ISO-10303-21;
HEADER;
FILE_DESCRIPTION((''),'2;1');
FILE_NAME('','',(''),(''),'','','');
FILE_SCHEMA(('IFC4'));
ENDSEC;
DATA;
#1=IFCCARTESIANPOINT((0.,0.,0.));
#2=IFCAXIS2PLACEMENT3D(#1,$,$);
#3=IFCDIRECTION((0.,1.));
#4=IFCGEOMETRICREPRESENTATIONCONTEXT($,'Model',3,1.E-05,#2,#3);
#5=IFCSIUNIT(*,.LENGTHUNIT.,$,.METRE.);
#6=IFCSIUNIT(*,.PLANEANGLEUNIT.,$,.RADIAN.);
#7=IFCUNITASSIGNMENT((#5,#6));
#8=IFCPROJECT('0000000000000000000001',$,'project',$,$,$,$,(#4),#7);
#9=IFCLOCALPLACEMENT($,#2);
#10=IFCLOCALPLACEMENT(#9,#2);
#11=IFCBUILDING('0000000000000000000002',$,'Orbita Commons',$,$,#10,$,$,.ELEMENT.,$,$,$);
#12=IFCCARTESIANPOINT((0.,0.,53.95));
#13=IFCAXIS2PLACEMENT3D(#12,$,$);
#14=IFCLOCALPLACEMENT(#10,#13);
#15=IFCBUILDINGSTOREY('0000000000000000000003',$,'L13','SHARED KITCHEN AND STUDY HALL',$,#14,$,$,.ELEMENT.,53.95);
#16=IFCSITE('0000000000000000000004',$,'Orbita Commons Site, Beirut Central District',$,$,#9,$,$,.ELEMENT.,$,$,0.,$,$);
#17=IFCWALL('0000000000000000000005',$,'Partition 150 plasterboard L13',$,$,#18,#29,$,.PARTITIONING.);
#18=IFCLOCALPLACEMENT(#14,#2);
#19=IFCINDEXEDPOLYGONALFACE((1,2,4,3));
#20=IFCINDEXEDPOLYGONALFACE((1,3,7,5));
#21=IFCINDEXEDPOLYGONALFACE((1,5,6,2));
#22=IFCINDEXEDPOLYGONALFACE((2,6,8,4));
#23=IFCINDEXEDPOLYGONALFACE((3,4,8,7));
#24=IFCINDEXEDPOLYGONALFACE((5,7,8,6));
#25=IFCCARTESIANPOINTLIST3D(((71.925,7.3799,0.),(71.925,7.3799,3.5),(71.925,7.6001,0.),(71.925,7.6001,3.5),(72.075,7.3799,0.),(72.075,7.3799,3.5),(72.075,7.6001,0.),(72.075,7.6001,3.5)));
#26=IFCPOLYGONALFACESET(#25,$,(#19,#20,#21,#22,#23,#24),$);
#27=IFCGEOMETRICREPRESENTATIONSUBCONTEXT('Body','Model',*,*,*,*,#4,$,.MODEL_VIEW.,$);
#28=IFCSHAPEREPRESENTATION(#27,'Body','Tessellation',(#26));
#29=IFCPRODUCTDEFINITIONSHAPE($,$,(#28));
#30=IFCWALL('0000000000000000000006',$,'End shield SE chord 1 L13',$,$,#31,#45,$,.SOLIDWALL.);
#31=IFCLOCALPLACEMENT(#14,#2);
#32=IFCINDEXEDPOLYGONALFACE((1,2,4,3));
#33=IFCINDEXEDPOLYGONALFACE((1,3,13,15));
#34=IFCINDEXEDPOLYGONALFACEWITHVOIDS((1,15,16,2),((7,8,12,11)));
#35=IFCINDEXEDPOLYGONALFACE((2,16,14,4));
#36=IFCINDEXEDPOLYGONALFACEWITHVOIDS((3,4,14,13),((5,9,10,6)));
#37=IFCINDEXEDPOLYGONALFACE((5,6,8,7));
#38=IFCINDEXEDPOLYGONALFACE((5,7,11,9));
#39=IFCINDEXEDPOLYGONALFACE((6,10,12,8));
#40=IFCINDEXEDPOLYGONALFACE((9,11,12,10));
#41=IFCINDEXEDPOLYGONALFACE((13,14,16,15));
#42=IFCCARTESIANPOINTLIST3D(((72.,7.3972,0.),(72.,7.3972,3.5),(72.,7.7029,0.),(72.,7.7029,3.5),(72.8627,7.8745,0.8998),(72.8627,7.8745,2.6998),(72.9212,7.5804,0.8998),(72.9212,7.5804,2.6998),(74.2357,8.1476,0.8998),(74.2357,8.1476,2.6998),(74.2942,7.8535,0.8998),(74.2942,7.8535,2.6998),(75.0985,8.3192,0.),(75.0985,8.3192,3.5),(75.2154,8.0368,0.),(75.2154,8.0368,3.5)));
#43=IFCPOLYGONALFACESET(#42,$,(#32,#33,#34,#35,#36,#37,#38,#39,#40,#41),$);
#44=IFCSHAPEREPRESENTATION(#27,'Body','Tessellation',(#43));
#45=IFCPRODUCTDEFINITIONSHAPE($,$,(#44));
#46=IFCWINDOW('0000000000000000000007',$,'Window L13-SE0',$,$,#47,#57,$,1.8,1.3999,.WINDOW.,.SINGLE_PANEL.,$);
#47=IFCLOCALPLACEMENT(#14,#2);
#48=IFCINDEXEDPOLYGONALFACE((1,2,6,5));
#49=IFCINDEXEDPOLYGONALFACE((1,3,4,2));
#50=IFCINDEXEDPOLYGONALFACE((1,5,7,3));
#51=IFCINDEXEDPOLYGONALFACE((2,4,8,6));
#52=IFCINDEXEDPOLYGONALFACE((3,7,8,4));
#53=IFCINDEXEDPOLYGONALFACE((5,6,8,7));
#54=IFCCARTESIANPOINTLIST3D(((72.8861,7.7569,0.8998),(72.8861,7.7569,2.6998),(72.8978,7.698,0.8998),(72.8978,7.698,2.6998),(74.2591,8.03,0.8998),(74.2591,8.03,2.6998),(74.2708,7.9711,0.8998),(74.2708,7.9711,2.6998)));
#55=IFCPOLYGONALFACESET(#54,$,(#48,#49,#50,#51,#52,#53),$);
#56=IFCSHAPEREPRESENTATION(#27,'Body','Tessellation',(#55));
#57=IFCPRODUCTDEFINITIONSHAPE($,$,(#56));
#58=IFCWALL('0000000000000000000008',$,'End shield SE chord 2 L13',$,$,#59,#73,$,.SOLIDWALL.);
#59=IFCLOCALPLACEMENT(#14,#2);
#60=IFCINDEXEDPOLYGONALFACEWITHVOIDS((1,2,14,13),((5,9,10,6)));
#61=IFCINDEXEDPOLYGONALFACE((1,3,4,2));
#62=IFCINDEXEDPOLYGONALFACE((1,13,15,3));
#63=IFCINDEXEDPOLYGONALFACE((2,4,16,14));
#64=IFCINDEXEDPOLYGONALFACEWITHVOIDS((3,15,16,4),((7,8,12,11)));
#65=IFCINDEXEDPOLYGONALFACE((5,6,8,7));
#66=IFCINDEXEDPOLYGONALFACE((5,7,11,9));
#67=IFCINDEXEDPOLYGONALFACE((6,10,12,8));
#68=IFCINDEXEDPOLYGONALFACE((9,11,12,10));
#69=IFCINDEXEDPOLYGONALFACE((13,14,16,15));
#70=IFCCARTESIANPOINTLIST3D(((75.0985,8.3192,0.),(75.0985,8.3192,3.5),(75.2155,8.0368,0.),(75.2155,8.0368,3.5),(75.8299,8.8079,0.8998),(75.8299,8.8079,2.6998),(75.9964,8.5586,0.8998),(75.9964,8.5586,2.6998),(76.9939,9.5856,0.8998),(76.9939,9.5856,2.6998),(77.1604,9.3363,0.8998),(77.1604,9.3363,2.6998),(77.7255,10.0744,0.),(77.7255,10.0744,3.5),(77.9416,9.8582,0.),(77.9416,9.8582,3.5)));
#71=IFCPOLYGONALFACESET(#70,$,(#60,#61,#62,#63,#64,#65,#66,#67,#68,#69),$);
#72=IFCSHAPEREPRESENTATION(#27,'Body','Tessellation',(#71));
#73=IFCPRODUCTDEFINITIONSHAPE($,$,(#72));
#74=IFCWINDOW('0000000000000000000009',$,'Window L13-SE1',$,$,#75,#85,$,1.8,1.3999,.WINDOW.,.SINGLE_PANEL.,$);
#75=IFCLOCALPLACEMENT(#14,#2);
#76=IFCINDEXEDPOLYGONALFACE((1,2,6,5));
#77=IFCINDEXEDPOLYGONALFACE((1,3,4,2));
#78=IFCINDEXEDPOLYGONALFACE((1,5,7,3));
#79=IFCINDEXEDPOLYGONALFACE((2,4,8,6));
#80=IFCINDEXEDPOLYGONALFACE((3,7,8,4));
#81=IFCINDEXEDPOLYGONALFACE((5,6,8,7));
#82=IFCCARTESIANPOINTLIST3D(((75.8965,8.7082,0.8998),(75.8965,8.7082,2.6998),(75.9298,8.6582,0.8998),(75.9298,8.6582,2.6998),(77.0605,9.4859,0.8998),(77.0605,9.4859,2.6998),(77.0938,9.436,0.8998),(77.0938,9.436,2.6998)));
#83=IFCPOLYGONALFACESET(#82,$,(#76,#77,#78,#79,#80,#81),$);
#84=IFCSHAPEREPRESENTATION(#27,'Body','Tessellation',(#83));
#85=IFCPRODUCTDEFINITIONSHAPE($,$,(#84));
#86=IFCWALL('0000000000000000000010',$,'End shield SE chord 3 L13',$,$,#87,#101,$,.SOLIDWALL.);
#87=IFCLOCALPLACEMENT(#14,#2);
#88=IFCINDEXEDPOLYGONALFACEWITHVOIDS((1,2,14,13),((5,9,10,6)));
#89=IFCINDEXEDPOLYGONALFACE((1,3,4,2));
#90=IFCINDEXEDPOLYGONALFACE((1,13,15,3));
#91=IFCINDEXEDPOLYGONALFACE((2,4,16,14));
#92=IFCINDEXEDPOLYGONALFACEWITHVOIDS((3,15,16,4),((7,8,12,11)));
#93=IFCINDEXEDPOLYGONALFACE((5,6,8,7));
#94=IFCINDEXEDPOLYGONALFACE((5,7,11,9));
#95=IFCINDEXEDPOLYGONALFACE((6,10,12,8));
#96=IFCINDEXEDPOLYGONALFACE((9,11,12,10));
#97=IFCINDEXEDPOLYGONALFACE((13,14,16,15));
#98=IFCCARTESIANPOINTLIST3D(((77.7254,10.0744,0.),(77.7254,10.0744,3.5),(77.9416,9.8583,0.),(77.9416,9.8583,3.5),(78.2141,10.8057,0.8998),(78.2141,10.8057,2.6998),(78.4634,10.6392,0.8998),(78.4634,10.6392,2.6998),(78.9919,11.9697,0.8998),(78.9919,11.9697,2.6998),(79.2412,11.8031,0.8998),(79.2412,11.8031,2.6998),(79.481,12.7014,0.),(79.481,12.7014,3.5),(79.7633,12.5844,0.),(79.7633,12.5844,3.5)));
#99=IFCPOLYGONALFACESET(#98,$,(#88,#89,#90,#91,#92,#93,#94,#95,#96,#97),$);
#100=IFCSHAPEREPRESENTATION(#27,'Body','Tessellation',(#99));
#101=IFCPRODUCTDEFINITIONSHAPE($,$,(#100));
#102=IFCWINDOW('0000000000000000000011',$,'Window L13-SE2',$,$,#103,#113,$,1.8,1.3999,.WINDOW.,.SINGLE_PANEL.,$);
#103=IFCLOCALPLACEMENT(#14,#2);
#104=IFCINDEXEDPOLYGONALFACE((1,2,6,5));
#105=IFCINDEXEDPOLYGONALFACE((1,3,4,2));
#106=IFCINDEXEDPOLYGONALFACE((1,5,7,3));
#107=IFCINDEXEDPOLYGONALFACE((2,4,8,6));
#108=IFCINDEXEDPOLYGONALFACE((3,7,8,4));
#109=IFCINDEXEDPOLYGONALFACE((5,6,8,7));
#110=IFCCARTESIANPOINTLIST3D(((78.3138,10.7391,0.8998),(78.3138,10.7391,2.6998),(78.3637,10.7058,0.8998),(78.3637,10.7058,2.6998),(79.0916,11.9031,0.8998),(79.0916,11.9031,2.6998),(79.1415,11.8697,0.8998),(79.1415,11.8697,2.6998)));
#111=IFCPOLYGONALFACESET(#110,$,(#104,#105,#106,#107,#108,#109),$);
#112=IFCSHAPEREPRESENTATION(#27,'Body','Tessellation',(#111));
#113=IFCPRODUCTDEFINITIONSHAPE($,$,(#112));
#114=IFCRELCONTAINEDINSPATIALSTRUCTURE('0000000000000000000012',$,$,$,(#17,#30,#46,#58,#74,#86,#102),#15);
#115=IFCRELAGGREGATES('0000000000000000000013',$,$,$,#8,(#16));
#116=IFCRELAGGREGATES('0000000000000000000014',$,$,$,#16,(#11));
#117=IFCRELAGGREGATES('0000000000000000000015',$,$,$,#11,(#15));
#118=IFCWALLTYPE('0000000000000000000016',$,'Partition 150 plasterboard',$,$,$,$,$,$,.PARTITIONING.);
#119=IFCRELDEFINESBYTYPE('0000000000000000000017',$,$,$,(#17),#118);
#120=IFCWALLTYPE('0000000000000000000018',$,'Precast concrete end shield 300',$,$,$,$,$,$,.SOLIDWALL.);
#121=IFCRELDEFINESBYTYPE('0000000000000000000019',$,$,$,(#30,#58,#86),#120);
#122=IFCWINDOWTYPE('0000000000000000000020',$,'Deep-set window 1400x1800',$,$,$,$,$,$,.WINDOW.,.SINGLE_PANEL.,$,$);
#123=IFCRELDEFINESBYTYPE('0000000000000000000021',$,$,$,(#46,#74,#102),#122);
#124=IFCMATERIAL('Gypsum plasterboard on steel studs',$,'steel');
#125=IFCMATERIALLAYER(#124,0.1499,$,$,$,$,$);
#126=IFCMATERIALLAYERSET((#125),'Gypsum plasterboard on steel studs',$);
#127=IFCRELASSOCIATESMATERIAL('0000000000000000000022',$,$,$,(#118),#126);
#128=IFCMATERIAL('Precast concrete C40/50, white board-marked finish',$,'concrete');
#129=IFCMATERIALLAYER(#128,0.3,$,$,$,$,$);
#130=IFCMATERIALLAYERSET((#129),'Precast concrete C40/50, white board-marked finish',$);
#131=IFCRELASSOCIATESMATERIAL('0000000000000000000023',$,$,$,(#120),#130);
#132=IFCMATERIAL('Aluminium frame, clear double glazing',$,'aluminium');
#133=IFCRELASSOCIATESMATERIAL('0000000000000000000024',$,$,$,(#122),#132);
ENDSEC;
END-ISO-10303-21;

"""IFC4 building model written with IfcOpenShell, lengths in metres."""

from ifc_helpers import new_model, si_unit, direction, frame, frame_2d, origin, place, context, subcontext, project, spatial, polyline, rectangle, outline, extrude, material, layer, layer_set, type_object, element, fill, save


model = new_model("IFC4")

# Units and contexts
model_context = context("Model", 3, precision=1e-05, world=origin(), true_north=direction((0.0, 1.0)))
body_context = subcontext(model_context, "Body", "Model", "MODEL_VIEW")
ifc_project = project(units=[si_unit("LENGTHUNIT", "METRE"), si_unit("PLANEANGLEUNIT", "RADIAN")], contexts=[model_context])

# Site, building, storey
site_placement = place(None, origin())
site = spatial("IfcSite", under=ifc_project, at=site_placement, Name="Orbita Commons Site, Beirut Central District", CompositionType="ELEMENT", RefElevation=0.0)
building_placement = place(site_placement, origin())
building = spatial("IfcBuilding", under=site, at=building_placement, Name="Orbita Commons", CompositionType="ELEMENT")
storey_placement = place(building_placement, frame((0.0, 0.0, 53.95)))
storey = spatial("IfcBuildingStorey", under=building, at=storey_placement, Name="L13", Description="SHARED KITCHEN AND STUDY HALL", CompositionType="ELEMENT", Elevation=53.95)

# Wall
ifc_material_1 = material(Name="Gypsum plasterboard on steel studs", Category="steel")
ifc_layer_1 = layer(ifc_material_1, 0.1499)
ifc_layer_set_1 = layer_set([ifc_layer_1], Name="Gypsum plasterboard on steel studs")
wall_type_1 = type_object("IfcWallType", Name="Partition 150 plasterboard", PredefinedType="PARTITIONING", material=ifc_layer_set_1)
wall_1_placement = place(storey_placement, frame((72.0, 7.6001, 0.0), z_axis=(0.0, 0.0, 1.0), x_axis=(0.0, -1.0, 0.0)))
element("IfcWall", 1, at=wall_1_placement, inside=storey, type_object=wall_type_1, Name="Partition 150 plasterboard L13", PredefinedType="PARTITIONING", context=body_context, shape_type="SweptSolid", body=[
    extrude(rectangle(XDim=0.2202, YDim=0.1499, at=frame_2d((0.1101, 0.0))), origin(), (0.0, 0.0, 1.0), 3.5),
])

# Walls, openings, windows
ifc_material_2 = material(Name="Precast concrete C40/50, white board-marked finish", Category="concrete")
ifc_layer_2 = layer(ifc_material_2, 0.3)
ifc_layer_set_2 = layer_set([ifc_layer_2], Name="Precast concrete C40/50, white board-marked finish")
wall_type_2 = type_object("IfcWallType", Name="Precast concrete end shield 300", PredefinedType="SOLIDWALL", material=ifc_layer_set_2)
wall_2_placement = place(storey_placement, frame((72.0, 7.55, 0.0), z_axis=(0.0, 0.0, 1.0), x_axis=(0.980787, 0.19508, 0.0)))
wall_2 = element("IfcWall", 2, at=wall_2_placement, inside=storey, type_object=wall_type_2, Name="End shield SE chord 1 L13", PredefinedType="SOLIDWALL", context=body_context, shape_type="SweptSolid", body=[
    extrude(outline(polyline([(-0.0298, -0.1499), (3.2485, -0.1499), (3.189, 0.1499), (0.0298, 0.1499), (-0.0298, -0.1499)])), origin(), (0.0, 0.0, 1.0), 3.5),
])
opening_1_placement = place(wall_2_placement, frame((0.9094, 0.0, 0.8999)))
opening_1 = element("IfcOpeningElement", 3, at=opening_1_placement, cuts=wall_2, PredefinedType="OPENING", context=body_context, shape_type="SweptSolid", body=[
    extrude(rectangle(XDim=1.3999, YDim=1.8, at=frame_2d((0.7, 0.8999))), frame((0.0, 0.1599, 0.0), z_axis=(0.0, -1.0, 0.0), x_axis=(1.0, 0.0, 0.0)), (0.0, 0.0, 1.0), 0.3201),
])
ifc_material_3 = material(Name="Aluminium frame, clear double glazing", Category="aluminium")
window_type = type_object("IfcWindowType", Name="Deep-set window 1400x1800", PartitioningType="SINGLE_PANEL", PredefinedType="WINDOW", material=ifc_material_3)
window_1_placement = place(opening_1_placement, origin())
window_1 = element("IfcWindow", 4, at=window_1_placement, inside=storey, type_object=window_type, Name="Window L13-SE0", OverallHeight=1.8, OverallWidth=1.3999, PartitioningType="SINGLE_PANEL", PredefinedType="WINDOW", context=body_context, shape_type="SweptSolid", body=[
    extrude(rectangle(XDim=1.3999, YDim=1.8, at=frame_2d((0.7, 0.8999))), frame((0.0, 0.03, 0.0), z_axis=(0.0, -1.0, 0.0), x_axis=(1.0, 0.0, 0.0)), (0.0, 0.0, 1.0), 0.0601),
])
fill(opening_1, window_1)
wall_3_placement = place(storey_placement, frame((75.157, 8.178, 0.0), z_axis=(0.0, 0.0, 1.0), x_axis=(0.831478, 0.555558, 0.0)))
wall_3 = element("IfcWall", 5, at=wall_3_placement, inside=storey, type_object=wall_type_2, Name="End shield SE chord 2 L13", PredefinedType="SOLIDWALL", context=body_context, shape_type="SweptSolid", body=[
    extrude(outline(polyline([(-0.0298, -0.1499), (3.2488, -0.1499), (3.1892, 0.1499), (0.0298, 0.1499), (-0.0298, -0.1499)])), origin(), (0.0, 0.0, 1.0), 3.5),
])
opening_2_placement = place(wall_3_placement, frame((0.9094, 0.0, 0.8999)))
opening_2 = element("IfcOpeningElement", 6, at=opening_2_placement, cuts=wall_3, PredefinedType="OPENING", context=body_context, shape_type="SweptSolid", body=[
    extrude(rectangle(XDim=1.3999, YDim=1.8, at=frame_2d((0.7, 0.8999))), frame((0.0, 0.1599, 0.0), z_axis=(0.0, -1.0, 0.0), x_axis=(1.0, 0.0, 0.0)), (0.0, 0.0, 1.0), 0.3201),
])
window_2_placement = place(opening_2_placement, origin())
window_2 = element("IfcWindow", 7, at=window_2_placement, inside=storey, type_object=window_type, Name="Window L13-SE1", OverallHeight=1.8, OverallWidth=1.3999, PartitioningType="SINGLE_PANEL", PredefinedType="WINDOW", context=body_context, shape_type="SweptSolid", body=[
    extrude(rectangle(XDim=1.3999, YDim=1.8, at=frame_2d((0.7, 0.8999))), frame((0.0, 0.03, 0.0), z_axis=(0.0, -1.0, 0.0), x_axis=(1.0, 0.0, 0.0)), (0.0, 0.0, 1.0), 0.0601),
])
fill(opening_2, window_2)
wall_4_placement = place(storey_placement, frame((77.8335, 9.9663, 0.0), z_axis=(0.0, 0.0, 1.0), x_axis=(0.55561, 0.831443, 0.0)))
wall_4 = element("IfcWall", 8, at=wall_4_placement, inside=storey, type_object=wall_type_2, Name="End shield SE chord 3 L13", PredefinedType="SOLIDWALL", context=body_context, shape_type="SweptSolid", body=[
    extrude(outline(polyline([(-0.0298, -0.1499), (3.249, -0.1499), (3.1895, 0.1499), (0.0298, 0.1499), (-0.0298, -0.1499)])), origin(), (0.0, 0.0, 1.0), 3.5),
])
opening_3_placement = place(wall_4_placement, frame((0.9094, 0.0, 0.8999)))
opening_3 = element("IfcOpeningElement", 9, at=opening_3_placement, cuts=wall_4, PredefinedType="OPENING", context=body_context, shape_type="SweptSolid", body=[
    extrude(rectangle(XDim=1.3999, YDim=1.8, at=frame_2d((0.7, 0.8999))), frame((0.0, 0.1599, 0.0), z_axis=(0.0, -1.0, 0.0), x_axis=(1.0, 0.0, 0.0)), (0.0, 0.0, 1.0), 0.3201),
])
window_3_placement = place(opening_3_placement, origin())
window_3 = element("IfcWindow", 10, at=window_3_placement, inside=storey, type_object=window_type, Name="Window L13-SE2", OverallHeight=1.8, OverallWidth=1.3999, PartitioningType="SINGLE_PANEL", PredefinedType="WINDOW", context=body_context, shape_type="SweptSolid", body=[
    extrude(rectangle(XDim=1.3999, YDim=1.8, at=frame_2d((0.7, 0.8999))), frame((0.0, 0.03, 0.0), z_axis=(0.0, -1.0, 0.0), x_axis=(1.0, 0.0, 0.0)), (0.0, 0.0, 1.0), 0.0601),
])
fill(opening_3, window_3)

save(model, "model.ifc")
